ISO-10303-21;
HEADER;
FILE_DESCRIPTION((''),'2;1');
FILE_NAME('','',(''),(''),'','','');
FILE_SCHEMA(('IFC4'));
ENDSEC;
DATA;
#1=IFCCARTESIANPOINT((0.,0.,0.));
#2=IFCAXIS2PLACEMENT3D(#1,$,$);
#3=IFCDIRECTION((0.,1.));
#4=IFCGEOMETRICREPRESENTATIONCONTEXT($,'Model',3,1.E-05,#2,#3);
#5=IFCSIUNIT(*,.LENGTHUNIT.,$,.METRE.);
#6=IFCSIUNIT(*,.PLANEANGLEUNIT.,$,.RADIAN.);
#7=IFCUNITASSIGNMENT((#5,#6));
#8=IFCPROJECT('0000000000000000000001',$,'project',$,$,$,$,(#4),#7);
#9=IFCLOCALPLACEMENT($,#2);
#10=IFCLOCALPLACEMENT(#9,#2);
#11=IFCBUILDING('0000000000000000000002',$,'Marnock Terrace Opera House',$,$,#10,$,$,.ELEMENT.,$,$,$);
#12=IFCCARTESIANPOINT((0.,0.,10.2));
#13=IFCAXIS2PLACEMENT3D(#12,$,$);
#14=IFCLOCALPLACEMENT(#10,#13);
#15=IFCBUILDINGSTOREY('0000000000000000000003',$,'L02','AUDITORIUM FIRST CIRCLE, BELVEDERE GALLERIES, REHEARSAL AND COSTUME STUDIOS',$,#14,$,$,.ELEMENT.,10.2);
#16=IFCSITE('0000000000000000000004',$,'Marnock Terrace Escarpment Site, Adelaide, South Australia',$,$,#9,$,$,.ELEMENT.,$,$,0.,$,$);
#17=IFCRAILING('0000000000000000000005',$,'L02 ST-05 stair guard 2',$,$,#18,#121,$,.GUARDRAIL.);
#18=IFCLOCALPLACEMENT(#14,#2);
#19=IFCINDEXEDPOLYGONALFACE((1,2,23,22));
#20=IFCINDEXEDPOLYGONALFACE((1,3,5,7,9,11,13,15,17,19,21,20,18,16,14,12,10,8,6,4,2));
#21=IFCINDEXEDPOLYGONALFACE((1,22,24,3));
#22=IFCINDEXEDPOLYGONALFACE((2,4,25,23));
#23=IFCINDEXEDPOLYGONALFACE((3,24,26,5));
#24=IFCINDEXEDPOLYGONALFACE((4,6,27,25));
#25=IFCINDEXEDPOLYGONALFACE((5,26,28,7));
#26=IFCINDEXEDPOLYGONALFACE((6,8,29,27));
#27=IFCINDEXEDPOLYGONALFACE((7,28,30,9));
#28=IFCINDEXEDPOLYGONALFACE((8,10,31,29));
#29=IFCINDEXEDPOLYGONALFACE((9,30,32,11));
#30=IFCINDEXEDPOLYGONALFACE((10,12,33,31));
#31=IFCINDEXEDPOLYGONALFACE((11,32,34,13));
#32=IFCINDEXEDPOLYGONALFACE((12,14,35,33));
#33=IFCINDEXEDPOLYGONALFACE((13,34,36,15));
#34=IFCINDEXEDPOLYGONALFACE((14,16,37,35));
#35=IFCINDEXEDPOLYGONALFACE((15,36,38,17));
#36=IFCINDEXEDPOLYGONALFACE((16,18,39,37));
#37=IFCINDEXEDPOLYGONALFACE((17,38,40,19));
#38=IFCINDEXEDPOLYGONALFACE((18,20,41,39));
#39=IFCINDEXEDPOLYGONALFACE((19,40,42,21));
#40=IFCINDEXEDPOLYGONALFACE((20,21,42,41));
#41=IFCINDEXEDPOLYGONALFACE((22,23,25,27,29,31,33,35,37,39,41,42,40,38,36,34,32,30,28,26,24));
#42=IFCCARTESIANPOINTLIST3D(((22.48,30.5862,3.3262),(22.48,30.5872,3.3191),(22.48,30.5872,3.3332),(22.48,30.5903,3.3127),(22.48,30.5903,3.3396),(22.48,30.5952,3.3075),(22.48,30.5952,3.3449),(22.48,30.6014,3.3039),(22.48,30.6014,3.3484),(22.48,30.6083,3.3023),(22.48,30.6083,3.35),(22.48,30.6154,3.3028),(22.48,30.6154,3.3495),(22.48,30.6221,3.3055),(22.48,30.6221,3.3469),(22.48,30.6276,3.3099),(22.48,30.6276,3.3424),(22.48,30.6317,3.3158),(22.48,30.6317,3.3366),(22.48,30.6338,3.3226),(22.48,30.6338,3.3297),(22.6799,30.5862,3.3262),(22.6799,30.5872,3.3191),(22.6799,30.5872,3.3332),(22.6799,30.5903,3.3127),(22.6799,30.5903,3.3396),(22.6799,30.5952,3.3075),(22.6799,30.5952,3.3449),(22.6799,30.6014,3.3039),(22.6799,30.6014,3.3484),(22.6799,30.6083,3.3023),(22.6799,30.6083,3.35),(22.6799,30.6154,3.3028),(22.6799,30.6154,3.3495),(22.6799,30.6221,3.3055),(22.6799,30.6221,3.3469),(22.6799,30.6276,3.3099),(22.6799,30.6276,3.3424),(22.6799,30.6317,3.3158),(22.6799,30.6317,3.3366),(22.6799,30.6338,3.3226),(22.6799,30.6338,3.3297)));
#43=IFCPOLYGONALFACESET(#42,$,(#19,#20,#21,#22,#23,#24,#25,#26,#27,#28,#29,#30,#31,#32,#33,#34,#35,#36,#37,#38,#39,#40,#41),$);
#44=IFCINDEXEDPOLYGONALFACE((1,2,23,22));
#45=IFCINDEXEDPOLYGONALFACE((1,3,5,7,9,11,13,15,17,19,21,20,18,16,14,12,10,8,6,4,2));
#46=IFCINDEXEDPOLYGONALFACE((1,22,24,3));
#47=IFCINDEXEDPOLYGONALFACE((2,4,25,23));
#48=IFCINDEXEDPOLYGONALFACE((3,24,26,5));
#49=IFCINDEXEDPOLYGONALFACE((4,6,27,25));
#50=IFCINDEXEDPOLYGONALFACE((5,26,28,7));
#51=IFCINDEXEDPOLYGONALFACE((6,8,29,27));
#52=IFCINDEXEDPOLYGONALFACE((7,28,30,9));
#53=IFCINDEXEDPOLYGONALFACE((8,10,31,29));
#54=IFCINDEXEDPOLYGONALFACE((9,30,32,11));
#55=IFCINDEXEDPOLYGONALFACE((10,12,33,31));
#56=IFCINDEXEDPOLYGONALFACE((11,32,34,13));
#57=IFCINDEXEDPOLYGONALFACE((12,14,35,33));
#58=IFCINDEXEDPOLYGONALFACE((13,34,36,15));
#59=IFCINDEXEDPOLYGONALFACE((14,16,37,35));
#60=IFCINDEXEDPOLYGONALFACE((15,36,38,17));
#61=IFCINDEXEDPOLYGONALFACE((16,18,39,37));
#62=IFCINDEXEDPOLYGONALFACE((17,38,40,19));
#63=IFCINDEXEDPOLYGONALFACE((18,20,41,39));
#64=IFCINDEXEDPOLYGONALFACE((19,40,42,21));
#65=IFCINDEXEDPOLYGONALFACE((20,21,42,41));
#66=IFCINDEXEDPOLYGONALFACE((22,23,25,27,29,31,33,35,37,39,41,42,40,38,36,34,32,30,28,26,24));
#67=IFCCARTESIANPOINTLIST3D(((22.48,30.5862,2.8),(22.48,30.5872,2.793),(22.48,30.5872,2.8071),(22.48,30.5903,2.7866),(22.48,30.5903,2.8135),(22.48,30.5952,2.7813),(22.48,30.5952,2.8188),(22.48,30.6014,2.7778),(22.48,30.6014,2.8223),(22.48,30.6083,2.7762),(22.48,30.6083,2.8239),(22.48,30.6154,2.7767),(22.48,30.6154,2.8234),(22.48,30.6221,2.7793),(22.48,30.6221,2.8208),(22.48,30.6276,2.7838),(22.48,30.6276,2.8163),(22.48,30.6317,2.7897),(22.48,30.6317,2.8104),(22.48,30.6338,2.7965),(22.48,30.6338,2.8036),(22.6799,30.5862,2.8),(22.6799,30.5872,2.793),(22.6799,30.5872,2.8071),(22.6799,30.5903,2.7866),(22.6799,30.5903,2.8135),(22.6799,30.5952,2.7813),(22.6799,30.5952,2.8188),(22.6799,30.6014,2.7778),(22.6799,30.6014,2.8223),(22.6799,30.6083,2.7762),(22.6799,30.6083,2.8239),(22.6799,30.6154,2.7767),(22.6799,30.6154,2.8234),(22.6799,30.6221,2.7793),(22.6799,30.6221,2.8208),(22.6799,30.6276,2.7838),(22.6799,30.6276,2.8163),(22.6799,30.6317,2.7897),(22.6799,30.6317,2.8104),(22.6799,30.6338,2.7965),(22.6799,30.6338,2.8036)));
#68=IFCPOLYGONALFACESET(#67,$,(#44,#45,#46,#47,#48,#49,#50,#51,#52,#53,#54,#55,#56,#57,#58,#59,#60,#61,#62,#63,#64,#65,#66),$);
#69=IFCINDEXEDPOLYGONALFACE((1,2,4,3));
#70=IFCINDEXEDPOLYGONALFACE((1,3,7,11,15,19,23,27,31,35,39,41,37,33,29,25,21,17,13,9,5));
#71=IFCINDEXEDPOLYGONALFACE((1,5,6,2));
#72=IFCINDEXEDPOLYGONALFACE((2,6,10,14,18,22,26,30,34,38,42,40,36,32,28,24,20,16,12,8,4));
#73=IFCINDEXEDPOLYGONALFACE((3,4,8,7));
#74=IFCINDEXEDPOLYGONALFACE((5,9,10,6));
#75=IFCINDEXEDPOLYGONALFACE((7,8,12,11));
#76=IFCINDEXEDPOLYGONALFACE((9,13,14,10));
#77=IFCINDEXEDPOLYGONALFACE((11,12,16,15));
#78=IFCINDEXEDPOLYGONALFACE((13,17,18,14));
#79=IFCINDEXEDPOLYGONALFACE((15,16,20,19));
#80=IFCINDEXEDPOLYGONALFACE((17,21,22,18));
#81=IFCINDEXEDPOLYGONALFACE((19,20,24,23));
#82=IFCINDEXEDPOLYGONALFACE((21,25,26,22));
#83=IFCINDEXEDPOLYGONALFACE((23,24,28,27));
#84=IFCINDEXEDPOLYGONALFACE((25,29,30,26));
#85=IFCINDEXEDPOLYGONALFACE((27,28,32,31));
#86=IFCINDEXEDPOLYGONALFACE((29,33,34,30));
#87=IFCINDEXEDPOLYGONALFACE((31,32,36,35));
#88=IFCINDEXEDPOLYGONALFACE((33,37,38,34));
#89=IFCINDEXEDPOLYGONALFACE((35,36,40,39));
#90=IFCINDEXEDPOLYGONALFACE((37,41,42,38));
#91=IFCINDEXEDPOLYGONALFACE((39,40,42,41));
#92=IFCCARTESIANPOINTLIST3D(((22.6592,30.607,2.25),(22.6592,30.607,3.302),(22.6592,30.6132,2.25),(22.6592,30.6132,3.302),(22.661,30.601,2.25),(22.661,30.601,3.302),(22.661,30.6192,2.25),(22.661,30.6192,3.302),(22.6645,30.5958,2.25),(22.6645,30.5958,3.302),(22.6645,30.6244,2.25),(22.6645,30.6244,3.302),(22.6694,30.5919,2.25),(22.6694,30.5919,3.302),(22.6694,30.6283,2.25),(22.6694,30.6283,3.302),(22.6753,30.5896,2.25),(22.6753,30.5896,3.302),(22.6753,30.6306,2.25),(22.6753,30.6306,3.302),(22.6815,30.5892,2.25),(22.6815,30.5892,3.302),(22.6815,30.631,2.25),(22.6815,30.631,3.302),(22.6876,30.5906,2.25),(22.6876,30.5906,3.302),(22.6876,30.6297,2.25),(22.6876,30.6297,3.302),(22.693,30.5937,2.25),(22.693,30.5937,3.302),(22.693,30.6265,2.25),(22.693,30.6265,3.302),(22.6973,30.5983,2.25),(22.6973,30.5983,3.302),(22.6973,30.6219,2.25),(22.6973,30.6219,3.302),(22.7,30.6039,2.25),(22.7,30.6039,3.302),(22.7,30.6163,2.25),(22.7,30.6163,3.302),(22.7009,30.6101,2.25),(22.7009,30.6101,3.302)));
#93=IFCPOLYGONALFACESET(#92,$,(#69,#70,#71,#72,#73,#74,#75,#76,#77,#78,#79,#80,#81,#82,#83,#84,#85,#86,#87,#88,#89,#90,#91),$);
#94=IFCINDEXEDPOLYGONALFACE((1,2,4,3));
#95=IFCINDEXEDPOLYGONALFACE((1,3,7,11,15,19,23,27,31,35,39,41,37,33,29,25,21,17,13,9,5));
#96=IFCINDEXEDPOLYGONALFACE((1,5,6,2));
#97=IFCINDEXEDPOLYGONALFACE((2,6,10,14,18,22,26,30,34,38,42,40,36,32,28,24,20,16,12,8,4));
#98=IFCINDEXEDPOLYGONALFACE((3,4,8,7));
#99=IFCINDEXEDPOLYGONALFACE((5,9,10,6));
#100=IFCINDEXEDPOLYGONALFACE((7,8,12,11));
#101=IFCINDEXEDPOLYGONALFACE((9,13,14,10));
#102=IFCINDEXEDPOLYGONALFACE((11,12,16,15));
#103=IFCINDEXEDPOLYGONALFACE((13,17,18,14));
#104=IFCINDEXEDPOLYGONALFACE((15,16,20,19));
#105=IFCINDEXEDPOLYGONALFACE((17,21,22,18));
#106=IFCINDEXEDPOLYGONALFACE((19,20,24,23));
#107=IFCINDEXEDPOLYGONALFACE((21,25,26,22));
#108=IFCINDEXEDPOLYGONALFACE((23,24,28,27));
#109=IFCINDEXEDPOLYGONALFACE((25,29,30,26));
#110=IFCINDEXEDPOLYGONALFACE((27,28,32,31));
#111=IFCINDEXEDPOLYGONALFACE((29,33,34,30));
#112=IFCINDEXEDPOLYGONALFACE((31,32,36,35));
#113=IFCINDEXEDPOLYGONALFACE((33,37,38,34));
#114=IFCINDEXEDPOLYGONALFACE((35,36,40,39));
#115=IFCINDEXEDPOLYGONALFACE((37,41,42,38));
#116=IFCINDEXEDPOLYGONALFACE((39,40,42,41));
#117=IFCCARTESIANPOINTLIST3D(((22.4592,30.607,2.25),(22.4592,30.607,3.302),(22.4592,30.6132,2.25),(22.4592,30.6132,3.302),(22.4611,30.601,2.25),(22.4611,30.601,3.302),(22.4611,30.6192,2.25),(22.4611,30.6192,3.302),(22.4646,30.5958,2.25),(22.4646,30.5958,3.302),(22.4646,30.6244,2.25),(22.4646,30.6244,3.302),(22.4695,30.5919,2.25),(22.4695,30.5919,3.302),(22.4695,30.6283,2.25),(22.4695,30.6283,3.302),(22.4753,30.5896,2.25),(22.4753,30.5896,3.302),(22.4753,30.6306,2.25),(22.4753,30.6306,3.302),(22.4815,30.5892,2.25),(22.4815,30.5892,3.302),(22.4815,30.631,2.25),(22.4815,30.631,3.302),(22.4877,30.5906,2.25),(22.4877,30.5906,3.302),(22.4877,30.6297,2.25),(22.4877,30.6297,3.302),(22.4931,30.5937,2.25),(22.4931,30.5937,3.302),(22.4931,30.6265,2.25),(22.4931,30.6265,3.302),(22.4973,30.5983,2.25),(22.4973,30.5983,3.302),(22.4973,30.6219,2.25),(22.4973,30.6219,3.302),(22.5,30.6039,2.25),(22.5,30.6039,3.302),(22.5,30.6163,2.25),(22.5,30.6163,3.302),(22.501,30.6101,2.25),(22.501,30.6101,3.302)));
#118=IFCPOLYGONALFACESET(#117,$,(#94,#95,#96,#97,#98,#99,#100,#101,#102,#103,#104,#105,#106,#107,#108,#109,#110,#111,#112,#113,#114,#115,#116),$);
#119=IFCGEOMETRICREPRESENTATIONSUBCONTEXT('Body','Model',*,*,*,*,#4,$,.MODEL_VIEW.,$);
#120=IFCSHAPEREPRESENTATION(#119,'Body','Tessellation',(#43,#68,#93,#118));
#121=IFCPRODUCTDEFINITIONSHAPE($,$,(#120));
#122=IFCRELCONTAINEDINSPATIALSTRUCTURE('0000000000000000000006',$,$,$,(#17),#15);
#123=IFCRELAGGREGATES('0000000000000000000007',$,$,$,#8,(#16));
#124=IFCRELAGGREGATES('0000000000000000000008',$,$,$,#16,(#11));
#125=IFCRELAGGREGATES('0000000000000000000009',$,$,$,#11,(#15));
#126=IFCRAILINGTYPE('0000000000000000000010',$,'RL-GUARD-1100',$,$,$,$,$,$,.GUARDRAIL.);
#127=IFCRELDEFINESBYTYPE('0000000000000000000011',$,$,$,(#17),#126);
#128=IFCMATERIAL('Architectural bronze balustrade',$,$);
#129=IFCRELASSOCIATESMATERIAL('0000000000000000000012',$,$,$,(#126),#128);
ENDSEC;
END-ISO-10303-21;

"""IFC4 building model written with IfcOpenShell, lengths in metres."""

from ifc_helpers import new_model, si_unit, direction, frame, origin, origin_2d, place, context, subcontext, project, spatial, circle, extrude, material, type_object, element, save


model = new_model("IFC4")

# Units and contexts
model_context = context("Model", 3, precision=1e-05, world=origin(), true_north=direction((0.0, 1.0)))
body_context = subcontext(model_context, "Body", "Model", "MODEL_VIEW")
ifc_project = project(units=[si_unit("LENGTHUNIT", "METRE"), si_unit("PLANEANGLEUNIT", "RADIAN")], contexts=[model_context])

# Site, building, storey
site_placement = place(None, origin())
site = spatial("IfcSite", under=ifc_project, at=site_placement, Name="Marnock Terrace Escarpment Site, Adelaide, South Australia", CompositionType="ELEMENT", RefElevation=0.0)
building_placement = place(site_placement, origin())
building = spatial("IfcBuilding", under=site, at=building_placement, Name="Marnock Terrace Opera House", CompositionType="ELEMENT")
storey_placement = place(building_placement, frame((0.0, 0.0, 10.2)))
storey = spatial("IfcBuildingStorey", under=building, at=storey_placement, Name="L02", Description="AUDITORIUM FIRST CIRCLE, BELVEDERE GALLERIES, REHEARSAL AND COSTUME STUDIOS", CompositionType="ELEMENT", Elevation=10.2)

# Railing
ifc_material_1 = material(Name="Architectural bronze balustrade")
railing_type = type_object("IfcRailingType", Name="RL-GUARD-1100", PredefinedType="GUARDRAIL", material=ifc_material_1)
railing_1_placement = place(storey_placement, frame((22.6799, 30.6101, 2.25)))
element("IfcRailing", 1, at=railing_1_placement, inside=storey, type_object=railing_type, Name="L02 ST-05 stair guard 2", PredefinedType="GUARDRAIL", context=body_context, shape_type="SweptSolid", body=[
    extrude(circle(Radius=0.0239, at=origin_2d()), frame((0.0, 0.0, 1.0762), z_axis=(-1.0, 0.0, 0.0), x_axis=(0.0, -1.0, 0.0)), (0.0, 0.0, 1.0), 0.2),
    extrude(circle(Radius=0.0239, at=origin_2d()), frame((0.0, 0.0, 0.55), z_axis=(-1.0, 0.0, 0.0), x_axis=(0.0, -1.0, 0.0)), (0.0, 0.0, 1.0), 0.2),
    extrude(circle(Radius=0.021, at=origin_2d()), origin(), (0.0, 0.0, 1.0), 1.052),
    extrude(circle(Radius=0.021, at=origin_2d()), frame((-0.2, 0.0, 0.0)), (0.0, 0.0, 1.0), 1.052),
])

save(model, "model.ifc")
